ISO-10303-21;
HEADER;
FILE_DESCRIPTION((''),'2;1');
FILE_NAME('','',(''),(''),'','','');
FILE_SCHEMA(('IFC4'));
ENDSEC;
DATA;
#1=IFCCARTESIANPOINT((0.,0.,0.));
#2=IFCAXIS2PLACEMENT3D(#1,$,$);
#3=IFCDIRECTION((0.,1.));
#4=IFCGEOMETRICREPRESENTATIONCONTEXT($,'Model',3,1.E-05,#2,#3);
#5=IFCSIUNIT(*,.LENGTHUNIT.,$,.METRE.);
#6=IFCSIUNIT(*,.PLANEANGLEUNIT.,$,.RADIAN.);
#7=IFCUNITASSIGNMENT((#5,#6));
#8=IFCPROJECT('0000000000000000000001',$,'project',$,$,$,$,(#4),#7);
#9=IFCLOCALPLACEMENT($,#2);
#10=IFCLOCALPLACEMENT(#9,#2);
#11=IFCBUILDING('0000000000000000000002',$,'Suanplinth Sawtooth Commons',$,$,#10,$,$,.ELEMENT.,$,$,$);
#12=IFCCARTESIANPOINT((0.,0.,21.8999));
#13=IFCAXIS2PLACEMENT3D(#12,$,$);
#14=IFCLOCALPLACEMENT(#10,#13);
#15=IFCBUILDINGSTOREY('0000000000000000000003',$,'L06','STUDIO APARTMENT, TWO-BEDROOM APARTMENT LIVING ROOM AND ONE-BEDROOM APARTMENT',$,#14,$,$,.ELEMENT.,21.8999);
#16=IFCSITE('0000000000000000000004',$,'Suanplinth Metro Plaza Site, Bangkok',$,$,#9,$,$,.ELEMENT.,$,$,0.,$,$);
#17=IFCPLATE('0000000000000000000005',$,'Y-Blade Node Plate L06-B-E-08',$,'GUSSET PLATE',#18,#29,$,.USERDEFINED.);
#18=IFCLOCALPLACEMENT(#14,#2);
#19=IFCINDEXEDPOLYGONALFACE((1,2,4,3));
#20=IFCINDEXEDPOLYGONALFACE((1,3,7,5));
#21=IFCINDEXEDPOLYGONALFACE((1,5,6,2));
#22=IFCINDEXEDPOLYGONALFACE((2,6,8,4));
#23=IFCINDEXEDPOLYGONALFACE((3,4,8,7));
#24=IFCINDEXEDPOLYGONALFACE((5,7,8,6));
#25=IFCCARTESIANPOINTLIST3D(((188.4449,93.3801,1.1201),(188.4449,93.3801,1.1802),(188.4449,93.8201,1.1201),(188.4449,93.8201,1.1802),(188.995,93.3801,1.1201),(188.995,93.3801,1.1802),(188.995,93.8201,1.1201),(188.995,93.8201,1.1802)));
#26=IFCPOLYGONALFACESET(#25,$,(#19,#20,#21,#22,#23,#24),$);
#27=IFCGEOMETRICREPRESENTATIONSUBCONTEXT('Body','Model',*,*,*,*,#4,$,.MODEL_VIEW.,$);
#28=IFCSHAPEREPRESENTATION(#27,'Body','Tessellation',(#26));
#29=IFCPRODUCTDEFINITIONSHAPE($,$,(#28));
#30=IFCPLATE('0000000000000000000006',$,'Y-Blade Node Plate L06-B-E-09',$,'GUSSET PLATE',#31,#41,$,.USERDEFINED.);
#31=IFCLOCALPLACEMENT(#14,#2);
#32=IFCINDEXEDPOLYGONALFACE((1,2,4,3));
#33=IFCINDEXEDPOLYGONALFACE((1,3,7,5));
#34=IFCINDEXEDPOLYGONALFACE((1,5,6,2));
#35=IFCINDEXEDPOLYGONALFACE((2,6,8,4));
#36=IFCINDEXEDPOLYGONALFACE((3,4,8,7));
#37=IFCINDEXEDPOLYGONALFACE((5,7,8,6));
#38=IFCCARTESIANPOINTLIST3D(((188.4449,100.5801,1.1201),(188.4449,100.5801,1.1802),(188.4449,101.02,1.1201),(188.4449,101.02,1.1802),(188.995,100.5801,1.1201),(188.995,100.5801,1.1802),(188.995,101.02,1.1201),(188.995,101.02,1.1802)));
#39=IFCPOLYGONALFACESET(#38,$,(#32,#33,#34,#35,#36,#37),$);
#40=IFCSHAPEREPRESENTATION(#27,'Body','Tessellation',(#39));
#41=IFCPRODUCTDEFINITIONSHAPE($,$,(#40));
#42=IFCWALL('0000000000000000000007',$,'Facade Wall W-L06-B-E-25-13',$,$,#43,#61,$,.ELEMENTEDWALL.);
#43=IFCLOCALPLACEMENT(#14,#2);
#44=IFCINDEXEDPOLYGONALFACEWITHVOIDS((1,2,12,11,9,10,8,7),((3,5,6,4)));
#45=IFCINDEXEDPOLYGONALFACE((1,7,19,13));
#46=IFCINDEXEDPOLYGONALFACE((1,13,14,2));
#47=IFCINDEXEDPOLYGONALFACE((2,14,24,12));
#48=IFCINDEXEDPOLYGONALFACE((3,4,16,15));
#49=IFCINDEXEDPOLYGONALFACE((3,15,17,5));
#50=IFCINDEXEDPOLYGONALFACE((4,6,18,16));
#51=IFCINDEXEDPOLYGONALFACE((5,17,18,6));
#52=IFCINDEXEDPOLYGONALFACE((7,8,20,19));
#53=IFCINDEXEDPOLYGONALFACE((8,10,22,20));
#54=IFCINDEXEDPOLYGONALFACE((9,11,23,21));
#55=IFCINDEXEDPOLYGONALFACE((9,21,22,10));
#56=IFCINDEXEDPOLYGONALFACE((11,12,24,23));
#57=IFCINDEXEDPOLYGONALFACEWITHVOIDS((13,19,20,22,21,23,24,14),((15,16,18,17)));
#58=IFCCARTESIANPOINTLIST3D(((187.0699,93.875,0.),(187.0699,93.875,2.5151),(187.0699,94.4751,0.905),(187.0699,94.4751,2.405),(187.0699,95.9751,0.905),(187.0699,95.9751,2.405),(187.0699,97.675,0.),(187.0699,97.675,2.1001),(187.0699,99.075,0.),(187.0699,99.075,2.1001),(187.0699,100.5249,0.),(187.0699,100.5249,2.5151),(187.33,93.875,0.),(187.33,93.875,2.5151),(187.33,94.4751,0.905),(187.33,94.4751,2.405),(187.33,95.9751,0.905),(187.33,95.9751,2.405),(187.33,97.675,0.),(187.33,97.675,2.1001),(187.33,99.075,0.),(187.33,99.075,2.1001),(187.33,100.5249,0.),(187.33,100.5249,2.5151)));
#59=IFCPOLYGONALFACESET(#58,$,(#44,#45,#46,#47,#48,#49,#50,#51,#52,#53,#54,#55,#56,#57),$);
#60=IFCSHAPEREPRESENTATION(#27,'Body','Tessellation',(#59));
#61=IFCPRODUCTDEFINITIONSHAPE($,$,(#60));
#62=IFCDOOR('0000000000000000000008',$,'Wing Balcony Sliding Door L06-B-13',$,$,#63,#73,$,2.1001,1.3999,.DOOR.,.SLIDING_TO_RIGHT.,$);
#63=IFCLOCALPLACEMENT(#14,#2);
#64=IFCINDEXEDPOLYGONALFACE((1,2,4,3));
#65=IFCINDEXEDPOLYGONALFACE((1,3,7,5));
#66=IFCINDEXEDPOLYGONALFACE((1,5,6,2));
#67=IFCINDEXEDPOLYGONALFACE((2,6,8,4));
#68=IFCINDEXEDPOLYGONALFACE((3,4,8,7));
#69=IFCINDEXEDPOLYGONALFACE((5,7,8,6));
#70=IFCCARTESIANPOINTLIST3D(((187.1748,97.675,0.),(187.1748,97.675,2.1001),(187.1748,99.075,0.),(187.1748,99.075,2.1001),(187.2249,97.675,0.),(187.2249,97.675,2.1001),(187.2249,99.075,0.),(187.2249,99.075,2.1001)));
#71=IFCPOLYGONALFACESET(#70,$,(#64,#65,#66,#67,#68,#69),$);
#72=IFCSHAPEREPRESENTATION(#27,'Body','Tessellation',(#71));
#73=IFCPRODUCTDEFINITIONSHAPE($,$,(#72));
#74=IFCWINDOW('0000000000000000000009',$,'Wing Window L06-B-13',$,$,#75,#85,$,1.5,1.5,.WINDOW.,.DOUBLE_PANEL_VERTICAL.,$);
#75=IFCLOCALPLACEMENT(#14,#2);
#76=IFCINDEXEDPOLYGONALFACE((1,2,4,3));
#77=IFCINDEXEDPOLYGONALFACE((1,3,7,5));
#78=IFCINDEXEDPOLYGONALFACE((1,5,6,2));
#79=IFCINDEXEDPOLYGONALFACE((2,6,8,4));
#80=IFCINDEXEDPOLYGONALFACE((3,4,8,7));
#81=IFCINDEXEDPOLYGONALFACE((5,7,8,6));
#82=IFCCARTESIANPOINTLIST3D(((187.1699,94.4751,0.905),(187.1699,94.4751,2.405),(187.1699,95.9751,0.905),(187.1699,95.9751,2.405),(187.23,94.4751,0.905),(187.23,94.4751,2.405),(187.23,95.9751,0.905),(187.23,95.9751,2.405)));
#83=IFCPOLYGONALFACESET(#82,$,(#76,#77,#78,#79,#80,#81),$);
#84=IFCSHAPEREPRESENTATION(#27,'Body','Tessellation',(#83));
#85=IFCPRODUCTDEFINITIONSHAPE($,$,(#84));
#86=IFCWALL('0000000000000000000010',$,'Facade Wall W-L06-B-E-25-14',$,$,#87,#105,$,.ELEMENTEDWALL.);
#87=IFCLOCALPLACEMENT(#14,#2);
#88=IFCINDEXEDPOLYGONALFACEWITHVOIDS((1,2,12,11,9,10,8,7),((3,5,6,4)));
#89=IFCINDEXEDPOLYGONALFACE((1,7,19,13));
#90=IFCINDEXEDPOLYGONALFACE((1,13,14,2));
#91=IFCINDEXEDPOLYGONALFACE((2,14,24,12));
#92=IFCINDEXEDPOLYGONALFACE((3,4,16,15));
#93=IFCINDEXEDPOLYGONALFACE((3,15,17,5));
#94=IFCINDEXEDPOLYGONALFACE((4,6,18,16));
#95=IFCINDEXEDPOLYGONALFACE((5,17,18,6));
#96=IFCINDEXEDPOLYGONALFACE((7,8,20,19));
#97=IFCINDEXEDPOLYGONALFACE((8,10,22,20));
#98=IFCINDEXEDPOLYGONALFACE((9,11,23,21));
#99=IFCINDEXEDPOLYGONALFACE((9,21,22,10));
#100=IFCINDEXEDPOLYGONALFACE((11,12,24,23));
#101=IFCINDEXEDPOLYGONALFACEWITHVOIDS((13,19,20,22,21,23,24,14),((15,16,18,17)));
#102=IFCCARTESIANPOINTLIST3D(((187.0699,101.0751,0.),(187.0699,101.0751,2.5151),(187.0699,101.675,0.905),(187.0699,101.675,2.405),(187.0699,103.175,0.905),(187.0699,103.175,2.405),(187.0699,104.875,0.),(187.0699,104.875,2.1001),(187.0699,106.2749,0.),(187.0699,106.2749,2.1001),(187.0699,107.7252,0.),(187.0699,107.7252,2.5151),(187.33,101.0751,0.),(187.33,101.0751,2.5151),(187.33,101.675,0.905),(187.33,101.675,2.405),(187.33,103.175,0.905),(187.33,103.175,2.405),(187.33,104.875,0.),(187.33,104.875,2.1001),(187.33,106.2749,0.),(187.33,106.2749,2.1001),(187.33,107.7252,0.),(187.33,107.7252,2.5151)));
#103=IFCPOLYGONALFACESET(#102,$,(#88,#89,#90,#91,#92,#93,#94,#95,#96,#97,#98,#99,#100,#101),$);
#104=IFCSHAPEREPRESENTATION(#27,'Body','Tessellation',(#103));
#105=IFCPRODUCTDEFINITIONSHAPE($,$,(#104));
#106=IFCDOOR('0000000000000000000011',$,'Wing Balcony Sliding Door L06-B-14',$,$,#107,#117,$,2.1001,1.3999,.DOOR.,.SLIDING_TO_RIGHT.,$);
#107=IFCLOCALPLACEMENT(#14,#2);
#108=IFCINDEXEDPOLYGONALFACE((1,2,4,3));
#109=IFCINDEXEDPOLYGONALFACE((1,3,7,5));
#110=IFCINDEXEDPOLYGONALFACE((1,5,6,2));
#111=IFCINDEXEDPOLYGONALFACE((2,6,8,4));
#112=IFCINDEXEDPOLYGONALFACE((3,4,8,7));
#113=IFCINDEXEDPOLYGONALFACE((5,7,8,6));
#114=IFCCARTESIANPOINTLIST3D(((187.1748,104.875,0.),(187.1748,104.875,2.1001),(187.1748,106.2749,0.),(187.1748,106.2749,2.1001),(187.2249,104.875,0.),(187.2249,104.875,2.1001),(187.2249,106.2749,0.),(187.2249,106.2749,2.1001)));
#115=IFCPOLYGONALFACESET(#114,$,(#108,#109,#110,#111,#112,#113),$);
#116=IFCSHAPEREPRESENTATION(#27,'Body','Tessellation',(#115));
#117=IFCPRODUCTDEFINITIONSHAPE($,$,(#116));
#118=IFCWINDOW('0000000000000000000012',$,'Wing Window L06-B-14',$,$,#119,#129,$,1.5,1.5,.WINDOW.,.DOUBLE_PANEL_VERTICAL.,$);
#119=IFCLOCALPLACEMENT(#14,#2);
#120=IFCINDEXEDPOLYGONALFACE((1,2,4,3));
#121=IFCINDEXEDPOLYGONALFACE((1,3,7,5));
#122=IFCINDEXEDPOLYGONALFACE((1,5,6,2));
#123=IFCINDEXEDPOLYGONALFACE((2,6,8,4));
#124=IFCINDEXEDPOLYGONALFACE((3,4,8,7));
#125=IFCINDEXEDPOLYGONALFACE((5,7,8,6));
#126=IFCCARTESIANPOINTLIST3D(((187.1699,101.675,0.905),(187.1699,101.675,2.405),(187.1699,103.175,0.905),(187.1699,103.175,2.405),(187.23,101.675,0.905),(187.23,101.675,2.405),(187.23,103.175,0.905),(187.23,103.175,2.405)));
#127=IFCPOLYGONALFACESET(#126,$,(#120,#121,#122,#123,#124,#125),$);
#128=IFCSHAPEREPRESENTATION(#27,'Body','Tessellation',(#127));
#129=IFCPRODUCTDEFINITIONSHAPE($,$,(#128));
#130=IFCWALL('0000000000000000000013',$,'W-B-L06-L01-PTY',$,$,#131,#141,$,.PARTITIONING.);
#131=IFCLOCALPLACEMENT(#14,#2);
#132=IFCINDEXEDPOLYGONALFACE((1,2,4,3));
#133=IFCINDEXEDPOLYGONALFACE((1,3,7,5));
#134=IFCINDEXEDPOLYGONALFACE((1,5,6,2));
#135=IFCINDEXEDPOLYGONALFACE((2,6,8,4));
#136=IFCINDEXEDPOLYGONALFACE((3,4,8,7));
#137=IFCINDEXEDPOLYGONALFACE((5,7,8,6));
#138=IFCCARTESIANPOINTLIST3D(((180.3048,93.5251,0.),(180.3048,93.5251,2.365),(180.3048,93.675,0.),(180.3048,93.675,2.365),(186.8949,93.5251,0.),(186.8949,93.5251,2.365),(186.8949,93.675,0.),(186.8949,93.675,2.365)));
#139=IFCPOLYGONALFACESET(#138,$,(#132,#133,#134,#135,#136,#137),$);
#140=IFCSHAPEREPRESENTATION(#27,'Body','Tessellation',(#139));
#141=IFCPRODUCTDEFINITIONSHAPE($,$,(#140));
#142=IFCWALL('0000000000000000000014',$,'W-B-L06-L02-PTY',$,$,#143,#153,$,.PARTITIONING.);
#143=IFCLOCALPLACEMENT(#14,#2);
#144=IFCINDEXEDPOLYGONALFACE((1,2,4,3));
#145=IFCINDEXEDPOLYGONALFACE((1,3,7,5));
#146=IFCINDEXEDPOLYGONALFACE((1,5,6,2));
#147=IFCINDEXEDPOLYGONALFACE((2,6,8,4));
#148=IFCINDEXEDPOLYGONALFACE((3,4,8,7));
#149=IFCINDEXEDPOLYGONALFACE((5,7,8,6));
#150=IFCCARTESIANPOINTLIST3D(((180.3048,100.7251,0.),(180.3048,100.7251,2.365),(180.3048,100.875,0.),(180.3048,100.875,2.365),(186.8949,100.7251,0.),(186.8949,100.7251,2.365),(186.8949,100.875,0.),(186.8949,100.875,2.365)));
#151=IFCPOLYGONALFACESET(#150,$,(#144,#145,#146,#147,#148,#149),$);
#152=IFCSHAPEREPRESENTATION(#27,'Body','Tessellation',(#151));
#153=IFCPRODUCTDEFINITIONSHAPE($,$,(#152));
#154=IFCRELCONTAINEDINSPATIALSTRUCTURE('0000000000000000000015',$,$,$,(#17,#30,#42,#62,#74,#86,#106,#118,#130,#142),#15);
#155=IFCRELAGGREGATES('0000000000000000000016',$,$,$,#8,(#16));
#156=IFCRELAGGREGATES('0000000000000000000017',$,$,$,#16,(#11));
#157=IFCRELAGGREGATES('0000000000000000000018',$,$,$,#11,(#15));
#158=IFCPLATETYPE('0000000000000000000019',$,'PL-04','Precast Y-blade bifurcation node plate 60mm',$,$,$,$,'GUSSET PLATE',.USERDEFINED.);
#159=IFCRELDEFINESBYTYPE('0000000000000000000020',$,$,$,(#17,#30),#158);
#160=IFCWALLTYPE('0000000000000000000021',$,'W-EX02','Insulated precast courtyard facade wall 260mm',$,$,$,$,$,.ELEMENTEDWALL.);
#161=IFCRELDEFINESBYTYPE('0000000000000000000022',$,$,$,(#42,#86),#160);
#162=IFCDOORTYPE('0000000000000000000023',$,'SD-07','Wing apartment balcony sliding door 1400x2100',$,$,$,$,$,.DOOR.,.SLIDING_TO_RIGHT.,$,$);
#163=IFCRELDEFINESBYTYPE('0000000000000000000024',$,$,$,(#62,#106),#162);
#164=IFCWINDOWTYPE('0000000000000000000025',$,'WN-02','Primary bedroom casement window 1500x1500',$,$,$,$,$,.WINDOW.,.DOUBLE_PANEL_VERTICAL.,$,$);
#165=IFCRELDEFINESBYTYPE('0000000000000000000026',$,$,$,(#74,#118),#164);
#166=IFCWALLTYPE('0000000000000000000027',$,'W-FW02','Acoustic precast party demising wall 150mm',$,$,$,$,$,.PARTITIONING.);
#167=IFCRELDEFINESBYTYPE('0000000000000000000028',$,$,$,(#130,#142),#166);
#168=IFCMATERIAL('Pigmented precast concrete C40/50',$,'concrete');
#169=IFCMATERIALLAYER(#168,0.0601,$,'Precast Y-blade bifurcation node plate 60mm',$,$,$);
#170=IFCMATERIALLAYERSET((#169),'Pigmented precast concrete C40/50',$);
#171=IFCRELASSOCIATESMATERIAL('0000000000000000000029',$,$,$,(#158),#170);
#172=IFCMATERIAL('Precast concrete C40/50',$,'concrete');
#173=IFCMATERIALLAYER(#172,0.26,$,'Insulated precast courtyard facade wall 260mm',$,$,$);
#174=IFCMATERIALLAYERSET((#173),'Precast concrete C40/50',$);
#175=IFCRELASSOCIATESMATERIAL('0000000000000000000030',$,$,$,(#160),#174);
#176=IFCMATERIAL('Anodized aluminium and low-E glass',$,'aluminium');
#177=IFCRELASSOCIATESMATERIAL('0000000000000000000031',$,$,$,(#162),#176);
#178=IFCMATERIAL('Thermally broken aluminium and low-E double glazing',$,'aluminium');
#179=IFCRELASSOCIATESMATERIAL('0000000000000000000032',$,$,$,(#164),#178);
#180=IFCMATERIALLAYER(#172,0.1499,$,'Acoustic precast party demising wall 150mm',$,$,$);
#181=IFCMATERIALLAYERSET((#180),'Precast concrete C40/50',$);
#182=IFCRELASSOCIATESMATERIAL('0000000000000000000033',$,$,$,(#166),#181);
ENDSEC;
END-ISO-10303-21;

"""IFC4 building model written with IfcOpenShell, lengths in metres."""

from ifc_helpers import new_model, si_unit, direction, frame, frame_2d, origin, origin_2d, place, context, subcontext, project, spatial, rectangle, extrude, material, layer, layer_set, type_object, element, fill, save


model = new_model("IFC4")

# Units and contexts
model_context = context("Model", 3, precision=1e-05, world=origin(), true_north=direction((0.0, 1.0)))
body_context = subcontext(model_context, "Body", "Model", "MODEL_VIEW")
ifc_project = project(units=[si_unit("LENGTHUNIT", "METRE"), si_unit("PLANEANGLEUNIT", "RADIAN")], contexts=[model_context])

# Site, building, storey
site_placement = place(None, origin())
site = spatial("IfcSite", under=ifc_project, at=site_placement, Name="Suanplinth Metro Plaza Site, Bangkok", CompositionType="ELEMENT", RefElevation=0.0)
building_placement = place(site_placement, origin())
building = spatial("IfcBuilding", under=site, at=building_placement, Name="Suanplinth Sawtooth Commons", CompositionType="ELEMENT")
storey_placement = place(building_placement, frame((0.0, 0.0, 21.8999)))
storey = spatial("IfcBuildingStorey", under=building, at=storey_placement, Name="L06", Description="STUDIO APARTMENT, TWO-BEDROOM APARTMENT LIVING ROOM AND ONE-BEDROOM APARTMENT", CompositionType="ELEMENT", Elevation=21.8999)

# Shared definitions
ifc_material_1 = material(Name="Precast concrete C40/50", Category="concrete")

# Shared definitions
ifc_material_2 = material(Name="Pigmented precast concrete C40/50", Category="concrete")

# Plates
ifc_layer_1 = layer(ifc_material_2, 0.0601, Name="Precast Y-blade bifurcation node plate 60mm")
ifc_layer_set_1 = layer_set([ifc_layer_1], Name="Pigmented precast concrete C40/50")
plate_type = type_object("IfcPlateType", Name="PL-04", Description="Precast Y-blade bifurcation node plate 60mm", ElementType="GUSSET PLATE", PredefinedType="USERDEFINED", material=ifc_layer_set_1)
for number, where, z_axis, x_axis, name in (
    (1, (188.72, 93.6001, 1.1201), (0.0, 0.0, 1.0), (0.0, 1.0, 0.0), "Y-Blade Node Plate L06-B-E-08"),
    (2, (188.72, 100.8, 1.1201), (0.0, 0.0, 1.0), (0.0, 1.0, 0.0), "Y-Blade Node Plate L06-B-E-09"),
):
    element("IfcPlate", number, at=place(storey_placement, frame(where, z_axis=z_axis, x_axis=x_axis)), inside=storey, type_object=plate_type, Name=name, ObjectType="GUSSET PLATE", PredefinedType="USERDEFINED", context=body_context, shape_type="SweptSolid", body=[
        extrude(rectangle(XDim=0.4399, YDim=0.55, at=origin_2d()), origin(), (0.0, 0.0, 1.0), 0.0601),
    ])

# Walls, openings, doors, windows
ifc_layer_2 = layer(ifc_material_1, 0.26, Name="Insulated precast courtyard facade wall 260mm")
ifc_layer_set_2 = layer_set([ifc_layer_2], Name="Precast concrete C40/50")
wall_type_1 = type_object("IfcWallType", Name="W-EX02", Description="Insulated precast courtyard facade wall 260mm", PredefinedType="ELEMENTEDWALL", material=ifc_layer_set_2)
wall_1_placement = place(storey_placement, frame((187.2, 93.875, 0.0), z_axis=(0.0, 0.0, 1.0), x_axis=(0.0, 1.0, 0.0)))
wall_1 = element("IfcWall", 3, at=wall_1_placement, inside=storey, type_object=wall_type_1, Name="Facade Wall W-L06-B-E-25-13", PredefinedType="ELEMENTEDWALL", context=body_context, shape_type="SweptSolid", body=[
    extrude(rectangle(XDim=6.6499, YDim=0.26, at=frame_2d((3.325, 0.0))), origin(), (0.0, 0.0, 1.0), 2.5151),
])
opening_1_placement = place(wall_1_placement, frame((3.8, 0.0, 0.0)))
opening_1 = element("IfcOpeningElement", 4, at=opening_1_placement, cuts=wall_1, PredefinedType="OPENING", context=body_context, shape_type="SweptSolid", body=[
    extrude(rectangle(XDim=1.3999, YDim=2.1001, at=frame_2d((0.7, 1.05))), frame((0.0, 0.145, 0.0), z_axis=(0.0, -1.0, 0.0), x_axis=(1.0, 0.0, 0.0)), (0.0, 0.0, 1.0), 0.2898),
])
opening_2_placement = place(wall_1_placement, frame((0.6001, 0.0, 0.905)))
opening_2 = element("IfcOpeningElement", 5, at=opening_2_placement, cuts=wall_1, PredefinedType="OPENING", context=body_context, shape_type="SweptSolid", body=[
    extrude(rectangle(XDim=1.5, YDim=1.5, at=frame_2d((0.75, 0.75))), frame((0.0, 0.145, 0.0), z_axis=(0.0, -1.0, 0.0), x_axis=(1.0, 0.0, 0.0)), (0.0, 0.0, 1.0), 0.2898),
])
ifc_material_3 = material(Name="Anodized aluminium and low-E glass", Category="aluminium")
door_type_1 = type_object("IfcDoorType", Name="SD-07", Description="Wing apartment balcony sliding door 1400x2100", OperationType="SLIDING_TO_RIGHT", PredefinedType="DOOR", material=ifc_material_3)
door_1_placement = place(opening_1_placement, frame((1.3999, 0.0, 0.0), z_axis=(0.0, 0.0, 1.0), x_axis=(-1.0, 0.0, 0.0)))
door_1 = element("IfcDoor", 6, at=door_1_placement, inside=storey, type_object=door_type_1, Name="Wing Balcony Sliding Door L06-B-13", OperationType="SLIDING_TO_RIGHT", OverallHeight=2.1001, OverallWidth=1.3999, PredefinedType="DOOR", context=body_context, shape_type="SweptSolid", body=[
    extrude(rectangle(XDim=1.3999, YDim=2.1001, at=frame_2d((0.7, 1.05))), frame((0.0, 0.0249, 0.0), z_axis=(0.0, -1.0, 0.0), x_axis=(1.0, 0.0, 0.0)), (0.0, 0.0, 1.0), 0.05),
])
fill(opening_1, door_1)
ifc_material_4 = material(Name="Thermally broken aluminium and low-E double glazing", Category="aluminium")
window_type = type_object("IfcWindowType", Name="WN-02", Description="Primary bedroom casement window 1500x1500", PartitioningType="DOUBLE_PANEL_VERTICAL", PredefinedType="WINDOW", material=ifc_material_4)
window_1_placement = place(opening_2_placement, origin())
window_1 = element("IfcWindow", 7, at=window_1_placement, inside=storey, type_object=window_type, Name="Wing Window L06-B-13", OverallHeight=1.5, OverallWidth=1.5, PartitioningType="DOUBLE_PANEL_VERTICAL", PredefinedType="WINDOW", context=body_context, shape_type="SweptSolid", body=[
    extrude(rectangle(XDim=1.5, YDim=1.5, at=frame_2d((0.75, 0.75))), frame((0.0, 0.03, 0.0), z_axis=(0.0, -1.0, 0.0), x_axis=(1.0, 0.0, 0.0)), (0.0, 0.0, 1.0), 0.0601),
])
fill(opening_2, window_1)
wall_2_placement = place(storey_placement, frame((187.2, 101.075, 0.0), z_axis=(0.0, 0.0, 1.0), x_axis=(0.0, 1.0, 0.0)))
wall_2 = element("IfcWall", 8, at=wall_2_placement, inside=storey, type_object=wall_type_1, Name="Facade Wall W-L06-B-E-25-14", PredefinedType="ELEMENTEDWALL", context=body_context, shape_type="SweptSolid", body=[
    extrude(rectangle(XDim=6.6501, YDim=0.26, at=frame_2d((3.3252, 0.0))), origin(), (0.0, 0.0, 1.0), 2.5151),
])
opening_3_placement = place(wall_2_placement, frame((3.8, 0.0, 0.0)))
opening_3 = element("IfcOpeningElement", 9, at=opening_3_placement, cuts=wall_2, PredefinedType="OPENING", context=body_context, shape_type="SweptSolid", body=[
    extrude(rectangle(XDim=1.3999, YDim=2.1001, at=frame_2d((0.7, 1.05))), frame((0.0, 0.145, 0.0), z_axis=(0.0, -1.0, 0.0), x_axis=(1.0, 0.0, 0.0)), (0.0, 0.0, 1.0), 0.2898),
])
opening_4_placement = place(wall_2_placement, frame((0.6001, 0.0, 0.905)))
opening_4 = element("IfcOpeningElement", 10, at=opening_4_placement, cuts=wall_2, PredefinedType="OPENING", context=body_context, shape_type="SweptSolid", body=[
    extrude(rectangle(XDim=1.5, YDim=1.5, at=frame_2d((0.75, 0.75))), frame((0.0, 0.145, 0.0), z_axis=(0.0, -1.0, 0.0), x_axis=(1.0, 0.0, 0.0)), (0.0, 0.0, 1.0), 0.2898),
])
door_2_placement = place(opening_3_placement, frame((1.3999, 0.0, 0.0), z_axis=(0.0, 0.0, 1.0), x_axis=(-1.0, 0.0, 0.0)))
door_2 = element("IfcDoor", 11, at=door_2_placement, inside=storey, type_object=door_type_1, Name="Wing Balcony Sliding Door L06-B-14", OperationType="SLIDING_TO_RIGHT", OverallHeight=2.1001, OverallWidth=1.3999, PredefinedType="DOOR", context=body_context, shape_type="SweptSolid", body=[
    extrude(rectangle(XDim=1.3999, YDim=2.1001, at=frame_2d((0.7, 1.05))), frame((0.0, 0.0249, 0.0), z_axis=(0.0, -1.0, 0.0), x_axis=(1.0, 0.0, 0.0)), (0.0, 0.0, 1.0), 0.05),
])
fill(opening_3, door_2)
window_2_placement = place(opening_4_placement, origin())
window_2 = element("IfcWindow", 12, at=window_2_placement, inside=storey, type_object=window_type, Name="Wing Window L06-B-14", OverallHeight=1.5, OverallWidth=1.5, PartitioningType="DOUBLE_PANEL_VERTICAL", PredefinedType="WINDOW", context=body_context, shape_type="SweptSolid", body=[
    extrude(rectangle(XDim=1.5, YDim=1.5, at=frame_2d((0.75, 0.75))), frame((0.0, 0.03, 0.0), z_axis=(0.0, -1.0, 0.0), x_axis=(1.0, 0.0, 0.0)), (0.0, 0.0, 1.0), 0.0601),
])
fill(opening_4, window_2)

# Walls
ifc_layer_3 = layer(ifc_material_1, 0.1499, Name="Acoustic precast party demising wall 150mm")
ifc_layer_set_3 = layer_set([ifc_layer_3], Name="Precast concrete C40/50")
wall_type_2 = type_object("IfcWallType", Name="W-FW02", Description="Acoustic precast party demising wall 150mm", PredefinedType="PARTITIONING", material=ifc_layer_set_3)
for number, where, z_axis, x_axis, name in (
    (13, (180.3049, 93.6001, 0.0), (0.0, 0.0, 1.0), (1.0, 0.0, 0.0), "W-B-L06-L01-PTY"),
    (14, (180.3049, 100.8, 0.0), (0.0, 0.0, 1.0), (1.0, 0.0, 0.0), "W-B-L06-L02-PTY"),
):
    element("IfcWall", number, at=place(storey_placement, frame(where, z_axis=z_axis, x_axis=x_axis)), inside=storey, type_object=wall_type_2, Name=name, PredefinedType="PARTITIONING", context=body_context, shape_type="SweptSolid", body=[
        extrude(rectangle(XDim=6.5901, YDim=0.1499, at=frame_2d((3.2949, 0.0))), origin(), (0.0, 0.0, 1.0), 2.365),
    ])

save(model, "model.ifc")
